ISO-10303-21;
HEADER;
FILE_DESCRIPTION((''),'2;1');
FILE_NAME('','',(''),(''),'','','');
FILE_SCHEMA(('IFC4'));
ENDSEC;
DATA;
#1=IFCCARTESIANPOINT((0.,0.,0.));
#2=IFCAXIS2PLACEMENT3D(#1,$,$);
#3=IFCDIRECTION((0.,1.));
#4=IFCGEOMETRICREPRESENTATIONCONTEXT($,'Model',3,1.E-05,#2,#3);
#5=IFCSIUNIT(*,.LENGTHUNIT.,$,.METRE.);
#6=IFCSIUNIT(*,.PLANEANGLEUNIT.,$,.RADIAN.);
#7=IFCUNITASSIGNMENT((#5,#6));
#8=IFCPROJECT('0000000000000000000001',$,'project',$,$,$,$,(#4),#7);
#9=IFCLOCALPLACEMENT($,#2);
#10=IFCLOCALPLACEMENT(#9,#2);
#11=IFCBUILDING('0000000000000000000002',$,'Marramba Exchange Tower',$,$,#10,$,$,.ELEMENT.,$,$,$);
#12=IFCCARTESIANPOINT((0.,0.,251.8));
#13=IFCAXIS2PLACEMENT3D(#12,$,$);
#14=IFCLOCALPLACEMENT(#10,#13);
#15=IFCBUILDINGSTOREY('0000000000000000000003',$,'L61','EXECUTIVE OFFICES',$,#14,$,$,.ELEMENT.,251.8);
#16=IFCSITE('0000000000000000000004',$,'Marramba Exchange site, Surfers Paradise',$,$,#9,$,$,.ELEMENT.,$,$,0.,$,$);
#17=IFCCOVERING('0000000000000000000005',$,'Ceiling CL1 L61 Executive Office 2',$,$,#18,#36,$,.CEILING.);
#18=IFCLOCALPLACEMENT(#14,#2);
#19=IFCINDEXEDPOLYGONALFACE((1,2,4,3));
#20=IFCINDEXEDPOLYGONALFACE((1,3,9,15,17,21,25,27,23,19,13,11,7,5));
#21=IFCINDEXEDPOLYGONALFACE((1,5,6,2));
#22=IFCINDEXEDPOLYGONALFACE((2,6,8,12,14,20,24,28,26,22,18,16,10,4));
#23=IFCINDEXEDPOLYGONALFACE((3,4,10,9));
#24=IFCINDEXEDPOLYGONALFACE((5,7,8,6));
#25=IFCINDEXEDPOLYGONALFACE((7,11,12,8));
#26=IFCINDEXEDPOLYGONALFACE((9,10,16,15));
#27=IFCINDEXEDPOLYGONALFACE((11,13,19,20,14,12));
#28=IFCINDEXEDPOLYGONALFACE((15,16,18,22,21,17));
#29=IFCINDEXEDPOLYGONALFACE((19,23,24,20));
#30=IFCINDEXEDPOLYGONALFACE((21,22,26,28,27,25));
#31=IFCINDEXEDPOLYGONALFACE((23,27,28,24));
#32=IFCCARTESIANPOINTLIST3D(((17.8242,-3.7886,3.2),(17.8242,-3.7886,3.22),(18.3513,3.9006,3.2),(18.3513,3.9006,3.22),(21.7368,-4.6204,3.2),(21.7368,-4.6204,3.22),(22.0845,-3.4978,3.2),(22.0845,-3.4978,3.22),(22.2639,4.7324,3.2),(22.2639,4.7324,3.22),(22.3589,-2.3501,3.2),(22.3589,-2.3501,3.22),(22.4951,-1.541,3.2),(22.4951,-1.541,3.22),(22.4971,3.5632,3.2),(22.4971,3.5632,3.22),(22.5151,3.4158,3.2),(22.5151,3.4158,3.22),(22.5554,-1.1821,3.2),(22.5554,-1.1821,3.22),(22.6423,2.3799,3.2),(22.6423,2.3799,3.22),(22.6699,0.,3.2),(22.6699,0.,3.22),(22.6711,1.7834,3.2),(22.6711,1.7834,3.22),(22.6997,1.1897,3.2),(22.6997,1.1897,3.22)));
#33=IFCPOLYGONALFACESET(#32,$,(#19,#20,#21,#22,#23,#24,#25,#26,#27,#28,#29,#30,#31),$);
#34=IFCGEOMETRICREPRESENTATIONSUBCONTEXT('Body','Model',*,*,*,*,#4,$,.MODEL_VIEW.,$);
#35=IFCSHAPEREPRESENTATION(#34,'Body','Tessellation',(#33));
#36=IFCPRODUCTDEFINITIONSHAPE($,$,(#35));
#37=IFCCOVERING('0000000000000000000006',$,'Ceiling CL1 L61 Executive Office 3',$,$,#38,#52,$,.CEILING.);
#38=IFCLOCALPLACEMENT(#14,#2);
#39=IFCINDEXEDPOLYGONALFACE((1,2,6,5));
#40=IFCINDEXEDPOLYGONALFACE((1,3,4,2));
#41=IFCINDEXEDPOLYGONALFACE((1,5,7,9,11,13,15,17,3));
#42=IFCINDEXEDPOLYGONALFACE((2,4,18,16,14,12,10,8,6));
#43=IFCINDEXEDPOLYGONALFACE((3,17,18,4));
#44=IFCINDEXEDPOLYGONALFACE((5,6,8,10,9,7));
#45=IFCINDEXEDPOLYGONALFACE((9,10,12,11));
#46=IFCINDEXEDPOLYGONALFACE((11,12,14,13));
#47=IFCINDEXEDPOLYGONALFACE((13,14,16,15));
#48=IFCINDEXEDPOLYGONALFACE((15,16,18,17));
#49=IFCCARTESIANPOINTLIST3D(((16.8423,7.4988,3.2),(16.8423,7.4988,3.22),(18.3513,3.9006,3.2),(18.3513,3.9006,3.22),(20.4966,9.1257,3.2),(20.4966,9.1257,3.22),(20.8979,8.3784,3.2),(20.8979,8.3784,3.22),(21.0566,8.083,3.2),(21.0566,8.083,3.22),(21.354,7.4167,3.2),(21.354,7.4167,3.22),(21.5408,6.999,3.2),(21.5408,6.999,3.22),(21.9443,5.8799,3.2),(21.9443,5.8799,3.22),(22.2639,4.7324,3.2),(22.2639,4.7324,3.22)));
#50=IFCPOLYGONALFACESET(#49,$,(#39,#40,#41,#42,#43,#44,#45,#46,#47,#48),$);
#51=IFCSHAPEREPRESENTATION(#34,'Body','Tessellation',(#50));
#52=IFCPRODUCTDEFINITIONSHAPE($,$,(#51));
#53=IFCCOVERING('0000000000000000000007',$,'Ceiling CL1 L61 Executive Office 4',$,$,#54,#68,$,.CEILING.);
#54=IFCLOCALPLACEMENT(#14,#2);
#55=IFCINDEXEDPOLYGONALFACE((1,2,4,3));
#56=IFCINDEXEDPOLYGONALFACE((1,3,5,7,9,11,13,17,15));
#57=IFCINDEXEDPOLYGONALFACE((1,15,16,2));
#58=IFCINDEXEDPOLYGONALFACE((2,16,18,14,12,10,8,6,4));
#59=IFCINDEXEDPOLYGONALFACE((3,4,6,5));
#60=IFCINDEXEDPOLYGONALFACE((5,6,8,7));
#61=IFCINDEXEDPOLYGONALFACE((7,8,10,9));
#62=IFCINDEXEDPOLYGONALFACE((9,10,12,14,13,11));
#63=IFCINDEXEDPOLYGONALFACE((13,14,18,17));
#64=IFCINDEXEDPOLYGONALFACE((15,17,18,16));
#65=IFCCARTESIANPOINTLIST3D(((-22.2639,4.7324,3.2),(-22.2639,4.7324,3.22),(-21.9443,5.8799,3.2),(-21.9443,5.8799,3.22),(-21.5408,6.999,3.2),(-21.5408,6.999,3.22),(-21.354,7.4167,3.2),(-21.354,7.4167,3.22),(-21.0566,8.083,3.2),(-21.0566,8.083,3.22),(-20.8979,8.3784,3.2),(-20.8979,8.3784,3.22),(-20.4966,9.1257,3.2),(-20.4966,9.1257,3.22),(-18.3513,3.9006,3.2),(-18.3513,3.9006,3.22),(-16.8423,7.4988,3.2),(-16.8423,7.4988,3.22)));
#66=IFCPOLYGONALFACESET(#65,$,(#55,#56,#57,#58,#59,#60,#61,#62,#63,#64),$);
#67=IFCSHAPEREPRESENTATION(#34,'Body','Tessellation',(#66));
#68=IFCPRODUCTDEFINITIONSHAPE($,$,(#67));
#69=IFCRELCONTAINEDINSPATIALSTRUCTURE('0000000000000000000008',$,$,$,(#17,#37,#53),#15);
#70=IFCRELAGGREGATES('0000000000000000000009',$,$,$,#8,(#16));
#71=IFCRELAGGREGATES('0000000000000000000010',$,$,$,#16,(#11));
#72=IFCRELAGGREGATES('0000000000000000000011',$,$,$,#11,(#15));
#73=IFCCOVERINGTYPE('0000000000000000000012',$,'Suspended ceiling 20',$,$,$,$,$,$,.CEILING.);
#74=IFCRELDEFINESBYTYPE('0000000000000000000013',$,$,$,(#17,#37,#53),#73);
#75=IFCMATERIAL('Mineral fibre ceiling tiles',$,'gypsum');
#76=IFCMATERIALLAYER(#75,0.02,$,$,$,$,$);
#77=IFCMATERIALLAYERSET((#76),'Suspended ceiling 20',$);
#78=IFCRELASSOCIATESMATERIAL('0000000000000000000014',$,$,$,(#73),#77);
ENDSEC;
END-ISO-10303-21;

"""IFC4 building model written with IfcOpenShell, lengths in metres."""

from ifc_helpers import new_model, si_unit, direction, frame, origin, place, context, subcontext, project, spatial, polyline, outline, extrude, material, layer, layer_set, type_object, element, save


model = new_model("IFC4")

# Units and contexts
model_context = context("Model", 3, precision=1e-05, world=origin(), true_north=direction((0.0, 1.0)))
body_context = subcontext(model_context, "Body", "Model", "MODEL_VIEW")
ifc_project = project(units=[si_unit("LENGTHUNIT", "METRE"), si_unit("PLANEANGLEUNIT", "RADIAN")], contexts=[model_context])

# Site, building, storey
site_placement = place(None, origin())
site = spatial("IfcSite", under=ifc_project, at=site_placement, Name="Marramba Exchange site, Surfers Paradise", CompositionType="ELEMENT", RefElevation=0.0)
building_placement = place(site_placement, origin())
building = spatial("IfcBuilding", under=site, at=building_placement, Name="Marramba Exchange Tower", CompositionType="ELEMENT")
storey_placement = place(building_placement, frame((0.0, 0.0, 251.8)))
storey = spatial("IfcBuildingStorey", under=building, at=storey_placement, Name="L61", Description="EXECUTIVE OFFICES", CompositionType="ELEMENT", Elevation=251.8)

# Coverings
ifc_material_1 = material(Name="Mineral fibre ceiling tiles", Category="gypsum")
ifc_layer_1 = layer(ifc_material_1, 0.02)
ifc_layer_set_1 = layer_set([ifc_layer_1], Name="Suspended ceiling 20")
covering_type = type_object("IfcCoveringType", Name="Suspended ceiling 20", PredefinedType="CEILING", material=ifc_layer_set_1)
covering_1_placement = place(storey_placement, frame((0.0, 0.0, 3.2)))
element("IfcCovering", 1, at=covering_1_placement, inside=storey, type_object=covering_type, Name="Ceiling CL1 L61 Executive Office 2", PredefinedType="CEILING", context=body_context, shape_type="SweptSolid", body=[
    extrude(outline(polyline([(22.4971, 3.5632), (22.5151, 3.4158), (22.6423, 2.3799), (22.6711, 1.7834), (22.6997, 1.1897), (22.6699, 0.0), (22.5554, -1.1821), (22.4951, -1.541), (22.3589, -2.3501), (22.0845, -3.4978), (21.7368, -4.6204), (17.8242, -3.7886), (18.3513, 3.9006), (22.2639, 4.7324), (22.4971, 3.5632)])), origin(), (0.0, 0.0, 1.0), 0.02),
])
covering_2_placement = place(storey_placement, frame((0.0, 0.0, 3.2)))
element("IfcCovering", 2, at=covering_2_placement, inside=storey, type_object=covering_type, Name="Ceiling CL1 L61 Executive Office 3", PredefinedType="CEILING", context=body_context, shape_type="SweptSolid", body=[
    extrude(outline(polyline([(20.8979, 8.3784), (21.0566, 8.083), (21.354, 7.4167), (21.5408, 6.999), (21.9443, 5.8799), (22.2639, 4.7324), (18.3513, 3.9006), (16.8423, 7.4988), (20.4966, 9.1257), (20.8979, 8.3784)])), origin(), (0.0, 0.0, 1.0), 0.02),
])
covering_3_placement = place(storey_placement, frame((0.0, 0.0, 3.2)))
element("IfcCovering", 3, at=covering_3_placement, inside=storey, type_object=covering_type, Name="Ceiling CL1 L61 Executive Office 4", PredefinedType="CEILING", context=body_context, shape_type="SweptSolid", body=[
    extrude(outline(polyline([(-21.9443, 5.8799), (-21.5408, 6.999), (-21.354, 7.4167), (-21.0566, 8.083), (-20.8979, 8.3784), (-20.4966, 9.1257), (-16.8423, 7.4988), (-18.3513, 3.9006), (-22.2639, 4.7324), (-21.9443, 5.8799)])), origin(), (0.0, 0.0, 1.0), 0.02),
])

save(model, "model.ifc")
